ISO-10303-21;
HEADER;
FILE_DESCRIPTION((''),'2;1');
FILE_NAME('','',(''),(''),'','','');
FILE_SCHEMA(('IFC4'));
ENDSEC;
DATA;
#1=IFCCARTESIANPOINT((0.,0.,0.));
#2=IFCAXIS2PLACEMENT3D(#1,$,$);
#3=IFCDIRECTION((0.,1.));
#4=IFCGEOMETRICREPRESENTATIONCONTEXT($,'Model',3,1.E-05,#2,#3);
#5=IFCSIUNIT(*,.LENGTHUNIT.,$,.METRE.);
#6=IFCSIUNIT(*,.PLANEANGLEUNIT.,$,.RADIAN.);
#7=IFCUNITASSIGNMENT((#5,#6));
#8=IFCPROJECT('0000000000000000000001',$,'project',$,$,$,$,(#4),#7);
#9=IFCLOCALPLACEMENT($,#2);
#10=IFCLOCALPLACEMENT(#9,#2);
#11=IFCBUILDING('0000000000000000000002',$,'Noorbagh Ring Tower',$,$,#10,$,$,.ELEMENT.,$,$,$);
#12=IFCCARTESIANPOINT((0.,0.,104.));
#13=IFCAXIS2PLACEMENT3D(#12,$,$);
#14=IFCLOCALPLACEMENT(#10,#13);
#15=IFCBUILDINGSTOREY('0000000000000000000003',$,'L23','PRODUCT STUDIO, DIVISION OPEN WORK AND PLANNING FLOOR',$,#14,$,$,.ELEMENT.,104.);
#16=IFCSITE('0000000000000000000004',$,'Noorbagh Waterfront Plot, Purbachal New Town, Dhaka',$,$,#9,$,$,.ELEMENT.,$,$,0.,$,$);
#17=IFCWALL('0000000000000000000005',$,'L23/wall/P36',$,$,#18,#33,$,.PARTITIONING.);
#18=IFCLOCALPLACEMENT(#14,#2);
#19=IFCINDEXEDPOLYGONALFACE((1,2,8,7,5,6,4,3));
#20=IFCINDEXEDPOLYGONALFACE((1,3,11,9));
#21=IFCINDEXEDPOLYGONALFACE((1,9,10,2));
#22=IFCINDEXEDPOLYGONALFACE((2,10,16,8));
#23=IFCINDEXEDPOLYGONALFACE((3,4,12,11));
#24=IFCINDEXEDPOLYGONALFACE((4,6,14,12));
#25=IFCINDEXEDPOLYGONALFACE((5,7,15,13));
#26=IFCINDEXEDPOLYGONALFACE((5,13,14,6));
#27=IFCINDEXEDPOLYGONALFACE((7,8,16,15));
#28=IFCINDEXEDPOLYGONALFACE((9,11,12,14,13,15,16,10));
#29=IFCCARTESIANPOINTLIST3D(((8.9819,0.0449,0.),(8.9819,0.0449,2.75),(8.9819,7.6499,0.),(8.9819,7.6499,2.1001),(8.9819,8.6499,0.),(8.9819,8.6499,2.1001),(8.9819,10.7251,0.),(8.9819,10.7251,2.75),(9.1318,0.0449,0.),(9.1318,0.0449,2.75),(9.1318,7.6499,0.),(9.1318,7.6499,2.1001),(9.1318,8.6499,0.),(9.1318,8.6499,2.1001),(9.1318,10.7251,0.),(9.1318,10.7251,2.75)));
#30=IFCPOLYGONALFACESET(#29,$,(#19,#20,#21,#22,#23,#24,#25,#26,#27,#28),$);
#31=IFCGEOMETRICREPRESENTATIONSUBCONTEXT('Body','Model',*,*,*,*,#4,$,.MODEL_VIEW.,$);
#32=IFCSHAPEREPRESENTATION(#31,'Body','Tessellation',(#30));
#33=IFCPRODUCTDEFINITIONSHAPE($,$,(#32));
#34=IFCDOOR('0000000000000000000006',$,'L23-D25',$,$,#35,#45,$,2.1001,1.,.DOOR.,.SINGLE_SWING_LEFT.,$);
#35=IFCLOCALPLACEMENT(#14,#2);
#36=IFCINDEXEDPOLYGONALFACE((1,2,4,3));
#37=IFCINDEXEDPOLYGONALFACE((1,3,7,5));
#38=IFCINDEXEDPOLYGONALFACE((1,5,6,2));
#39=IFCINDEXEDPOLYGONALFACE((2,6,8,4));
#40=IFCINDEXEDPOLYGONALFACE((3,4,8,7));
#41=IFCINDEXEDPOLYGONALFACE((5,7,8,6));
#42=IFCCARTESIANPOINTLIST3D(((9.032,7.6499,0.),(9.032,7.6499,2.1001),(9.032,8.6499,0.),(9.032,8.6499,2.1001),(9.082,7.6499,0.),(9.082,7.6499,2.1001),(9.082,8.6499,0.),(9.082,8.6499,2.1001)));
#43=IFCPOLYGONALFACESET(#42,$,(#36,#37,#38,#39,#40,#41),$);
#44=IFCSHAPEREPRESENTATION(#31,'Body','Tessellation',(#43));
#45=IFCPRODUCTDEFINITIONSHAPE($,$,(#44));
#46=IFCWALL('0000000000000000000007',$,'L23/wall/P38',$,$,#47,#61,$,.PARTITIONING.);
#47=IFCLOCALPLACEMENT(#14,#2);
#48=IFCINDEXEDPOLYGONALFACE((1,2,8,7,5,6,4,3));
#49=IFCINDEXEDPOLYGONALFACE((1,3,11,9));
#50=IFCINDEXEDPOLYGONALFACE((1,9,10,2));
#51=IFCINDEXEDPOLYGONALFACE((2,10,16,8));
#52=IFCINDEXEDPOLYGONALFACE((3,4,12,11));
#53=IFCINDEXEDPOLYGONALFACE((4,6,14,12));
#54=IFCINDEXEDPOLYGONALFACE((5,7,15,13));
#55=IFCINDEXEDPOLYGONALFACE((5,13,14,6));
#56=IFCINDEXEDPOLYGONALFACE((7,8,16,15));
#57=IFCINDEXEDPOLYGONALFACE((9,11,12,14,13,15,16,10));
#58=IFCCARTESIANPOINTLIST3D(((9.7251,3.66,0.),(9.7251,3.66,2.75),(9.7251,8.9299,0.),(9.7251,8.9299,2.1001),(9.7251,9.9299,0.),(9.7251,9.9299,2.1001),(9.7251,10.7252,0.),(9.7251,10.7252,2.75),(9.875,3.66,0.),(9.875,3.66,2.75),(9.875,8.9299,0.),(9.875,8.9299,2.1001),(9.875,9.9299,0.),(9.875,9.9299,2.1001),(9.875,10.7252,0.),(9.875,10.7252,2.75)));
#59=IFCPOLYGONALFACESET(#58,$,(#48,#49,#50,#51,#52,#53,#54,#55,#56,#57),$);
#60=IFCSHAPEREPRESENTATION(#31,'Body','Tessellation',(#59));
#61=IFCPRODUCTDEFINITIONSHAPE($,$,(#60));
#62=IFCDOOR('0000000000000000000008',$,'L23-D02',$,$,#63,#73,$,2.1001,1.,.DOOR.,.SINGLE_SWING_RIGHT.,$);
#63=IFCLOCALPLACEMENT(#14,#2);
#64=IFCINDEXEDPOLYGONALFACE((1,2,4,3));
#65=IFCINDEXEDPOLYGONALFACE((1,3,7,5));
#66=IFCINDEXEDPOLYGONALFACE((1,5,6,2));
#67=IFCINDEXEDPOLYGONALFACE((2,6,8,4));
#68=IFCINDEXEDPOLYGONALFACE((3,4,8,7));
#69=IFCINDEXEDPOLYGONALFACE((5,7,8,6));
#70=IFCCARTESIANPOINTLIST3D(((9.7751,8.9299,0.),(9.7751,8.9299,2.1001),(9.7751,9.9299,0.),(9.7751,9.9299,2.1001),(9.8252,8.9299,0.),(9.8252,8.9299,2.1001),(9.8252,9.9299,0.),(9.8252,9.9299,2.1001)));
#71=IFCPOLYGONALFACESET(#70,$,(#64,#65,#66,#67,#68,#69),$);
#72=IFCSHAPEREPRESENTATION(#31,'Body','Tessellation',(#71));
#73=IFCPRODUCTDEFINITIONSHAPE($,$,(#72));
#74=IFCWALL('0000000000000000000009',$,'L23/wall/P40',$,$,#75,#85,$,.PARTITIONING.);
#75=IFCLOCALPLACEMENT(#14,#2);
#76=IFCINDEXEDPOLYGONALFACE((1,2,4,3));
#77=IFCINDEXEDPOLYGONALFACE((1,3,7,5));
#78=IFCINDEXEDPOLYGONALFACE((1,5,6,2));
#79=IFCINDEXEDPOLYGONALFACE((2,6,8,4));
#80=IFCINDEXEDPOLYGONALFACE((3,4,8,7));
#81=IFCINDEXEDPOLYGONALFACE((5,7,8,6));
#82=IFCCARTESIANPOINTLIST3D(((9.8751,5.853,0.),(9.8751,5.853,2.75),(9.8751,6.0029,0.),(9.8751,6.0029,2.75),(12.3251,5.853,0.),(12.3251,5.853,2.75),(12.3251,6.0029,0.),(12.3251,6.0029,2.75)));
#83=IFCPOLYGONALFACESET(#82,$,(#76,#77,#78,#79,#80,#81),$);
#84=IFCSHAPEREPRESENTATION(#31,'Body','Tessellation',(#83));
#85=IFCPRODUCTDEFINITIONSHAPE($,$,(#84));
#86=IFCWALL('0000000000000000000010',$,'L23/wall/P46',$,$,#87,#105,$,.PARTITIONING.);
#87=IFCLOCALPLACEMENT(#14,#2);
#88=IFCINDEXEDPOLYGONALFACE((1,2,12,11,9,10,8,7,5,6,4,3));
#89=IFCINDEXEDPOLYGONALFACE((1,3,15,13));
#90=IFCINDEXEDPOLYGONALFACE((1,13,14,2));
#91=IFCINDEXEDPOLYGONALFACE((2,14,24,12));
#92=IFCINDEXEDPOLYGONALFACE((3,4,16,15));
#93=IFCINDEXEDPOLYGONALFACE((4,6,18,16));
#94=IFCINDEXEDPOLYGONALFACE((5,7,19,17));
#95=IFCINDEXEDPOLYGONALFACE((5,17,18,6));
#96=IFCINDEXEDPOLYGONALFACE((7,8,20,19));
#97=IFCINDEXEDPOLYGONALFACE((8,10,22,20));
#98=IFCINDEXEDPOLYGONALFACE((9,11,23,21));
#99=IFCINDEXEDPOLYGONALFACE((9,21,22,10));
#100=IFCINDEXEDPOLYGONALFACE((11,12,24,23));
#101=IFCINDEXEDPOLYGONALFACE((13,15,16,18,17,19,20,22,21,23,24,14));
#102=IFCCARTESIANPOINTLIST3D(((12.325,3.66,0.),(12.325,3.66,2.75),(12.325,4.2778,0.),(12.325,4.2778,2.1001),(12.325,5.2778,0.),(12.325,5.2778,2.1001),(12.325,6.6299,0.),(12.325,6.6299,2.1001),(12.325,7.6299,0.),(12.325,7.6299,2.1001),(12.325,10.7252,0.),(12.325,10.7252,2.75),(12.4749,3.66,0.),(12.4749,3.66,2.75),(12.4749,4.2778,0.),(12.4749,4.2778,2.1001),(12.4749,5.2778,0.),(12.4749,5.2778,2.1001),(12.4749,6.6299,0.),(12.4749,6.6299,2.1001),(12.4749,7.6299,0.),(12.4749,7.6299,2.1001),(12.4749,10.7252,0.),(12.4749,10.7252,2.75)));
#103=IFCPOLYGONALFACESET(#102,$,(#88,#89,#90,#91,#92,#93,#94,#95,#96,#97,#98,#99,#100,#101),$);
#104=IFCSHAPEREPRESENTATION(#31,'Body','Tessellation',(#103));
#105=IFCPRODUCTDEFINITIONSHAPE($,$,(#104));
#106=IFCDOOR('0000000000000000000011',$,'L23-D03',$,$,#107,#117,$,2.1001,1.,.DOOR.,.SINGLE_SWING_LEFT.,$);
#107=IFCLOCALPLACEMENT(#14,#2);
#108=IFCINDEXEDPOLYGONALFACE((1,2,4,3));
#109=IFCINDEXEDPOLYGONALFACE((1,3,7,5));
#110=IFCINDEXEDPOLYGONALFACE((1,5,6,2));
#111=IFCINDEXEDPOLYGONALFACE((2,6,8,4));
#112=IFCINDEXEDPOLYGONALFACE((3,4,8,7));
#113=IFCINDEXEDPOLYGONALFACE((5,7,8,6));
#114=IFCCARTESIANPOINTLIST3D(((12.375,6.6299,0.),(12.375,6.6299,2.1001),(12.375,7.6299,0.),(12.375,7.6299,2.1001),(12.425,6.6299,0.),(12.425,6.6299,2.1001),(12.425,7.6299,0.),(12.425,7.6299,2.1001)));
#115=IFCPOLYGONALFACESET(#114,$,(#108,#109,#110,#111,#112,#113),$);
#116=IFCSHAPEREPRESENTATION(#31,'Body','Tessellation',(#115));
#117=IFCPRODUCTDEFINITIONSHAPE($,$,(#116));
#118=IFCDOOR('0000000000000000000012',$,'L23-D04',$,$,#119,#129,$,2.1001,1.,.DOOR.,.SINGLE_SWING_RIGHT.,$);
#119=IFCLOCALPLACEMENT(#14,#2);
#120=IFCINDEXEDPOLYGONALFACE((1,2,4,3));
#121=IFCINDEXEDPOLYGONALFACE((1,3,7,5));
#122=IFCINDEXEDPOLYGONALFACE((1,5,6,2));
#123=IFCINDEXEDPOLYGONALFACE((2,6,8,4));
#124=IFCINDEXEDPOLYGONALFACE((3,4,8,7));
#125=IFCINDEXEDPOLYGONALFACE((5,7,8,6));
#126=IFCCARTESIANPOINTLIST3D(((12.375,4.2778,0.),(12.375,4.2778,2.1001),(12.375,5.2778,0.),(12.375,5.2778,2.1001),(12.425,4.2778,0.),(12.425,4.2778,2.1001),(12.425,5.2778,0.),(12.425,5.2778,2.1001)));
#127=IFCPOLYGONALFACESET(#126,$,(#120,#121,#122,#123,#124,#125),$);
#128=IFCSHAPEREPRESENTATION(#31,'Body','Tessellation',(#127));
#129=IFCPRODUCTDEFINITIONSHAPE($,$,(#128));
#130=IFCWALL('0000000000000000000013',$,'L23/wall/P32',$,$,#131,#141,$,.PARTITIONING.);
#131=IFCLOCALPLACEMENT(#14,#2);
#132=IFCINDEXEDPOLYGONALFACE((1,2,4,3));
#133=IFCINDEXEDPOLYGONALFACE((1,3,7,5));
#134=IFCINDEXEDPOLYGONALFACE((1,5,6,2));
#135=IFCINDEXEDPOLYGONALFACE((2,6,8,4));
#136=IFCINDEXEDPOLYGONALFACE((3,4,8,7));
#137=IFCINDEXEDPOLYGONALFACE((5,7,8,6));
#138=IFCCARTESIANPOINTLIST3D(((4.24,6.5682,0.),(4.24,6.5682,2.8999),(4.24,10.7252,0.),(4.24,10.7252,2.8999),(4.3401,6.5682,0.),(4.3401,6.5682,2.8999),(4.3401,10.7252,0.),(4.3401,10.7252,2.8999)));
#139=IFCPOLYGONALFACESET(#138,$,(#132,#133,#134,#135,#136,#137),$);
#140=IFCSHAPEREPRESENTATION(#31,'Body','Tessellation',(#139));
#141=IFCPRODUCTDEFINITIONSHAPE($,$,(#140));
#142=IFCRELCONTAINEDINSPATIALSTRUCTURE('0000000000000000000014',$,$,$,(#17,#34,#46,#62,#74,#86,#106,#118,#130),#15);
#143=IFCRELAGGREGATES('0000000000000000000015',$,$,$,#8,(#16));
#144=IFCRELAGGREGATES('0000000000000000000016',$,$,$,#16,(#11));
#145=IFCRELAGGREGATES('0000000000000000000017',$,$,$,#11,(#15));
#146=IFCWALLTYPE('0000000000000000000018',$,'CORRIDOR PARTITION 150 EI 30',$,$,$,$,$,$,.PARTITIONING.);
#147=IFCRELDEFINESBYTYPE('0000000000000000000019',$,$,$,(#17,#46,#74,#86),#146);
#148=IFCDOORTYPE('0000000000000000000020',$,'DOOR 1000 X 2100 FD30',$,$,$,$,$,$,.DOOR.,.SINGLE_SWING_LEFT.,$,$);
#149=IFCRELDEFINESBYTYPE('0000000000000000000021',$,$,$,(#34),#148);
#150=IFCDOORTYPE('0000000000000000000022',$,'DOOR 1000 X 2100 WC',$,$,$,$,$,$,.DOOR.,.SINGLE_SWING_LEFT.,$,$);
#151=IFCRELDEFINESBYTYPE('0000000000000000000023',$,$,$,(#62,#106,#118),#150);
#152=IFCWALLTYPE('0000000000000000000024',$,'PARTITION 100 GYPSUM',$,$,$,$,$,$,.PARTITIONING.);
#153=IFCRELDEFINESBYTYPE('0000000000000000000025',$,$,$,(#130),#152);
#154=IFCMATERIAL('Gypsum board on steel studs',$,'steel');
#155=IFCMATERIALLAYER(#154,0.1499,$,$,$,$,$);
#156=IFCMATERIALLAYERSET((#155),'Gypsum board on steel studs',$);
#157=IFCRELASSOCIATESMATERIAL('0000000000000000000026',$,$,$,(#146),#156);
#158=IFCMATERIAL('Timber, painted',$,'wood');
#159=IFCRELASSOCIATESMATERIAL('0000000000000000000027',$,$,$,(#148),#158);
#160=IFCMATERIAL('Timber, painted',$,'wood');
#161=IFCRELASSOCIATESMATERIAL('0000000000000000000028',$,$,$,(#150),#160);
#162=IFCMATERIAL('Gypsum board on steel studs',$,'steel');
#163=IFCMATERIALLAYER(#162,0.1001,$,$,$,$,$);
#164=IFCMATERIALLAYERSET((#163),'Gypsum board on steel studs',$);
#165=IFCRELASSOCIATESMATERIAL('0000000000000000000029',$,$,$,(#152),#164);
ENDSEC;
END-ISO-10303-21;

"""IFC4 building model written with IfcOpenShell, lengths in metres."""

from ifc_helpers import new_model, si_unit, direction, frame, frame_2d, origin, place, context, subcontext, project, spatial, rectangle, extrude, material, layer, layer_set, type_object, element, fill, save


model = new_model("IFC4")

# Units and contexts
model_context = context("Model", 3, precision=1e-05, world=origin(), true_north=direction((0.0, 1.0)))
body_context = subcontext(model_context, "Body", "Model", "MODEL_VIEW")
ifc_project = project(units=[si_unit("LENGTHUNIT", "METRE"), si_unit("PLANEANGLEUNIT", "RADIAN")], contexts=[model_context])

# Site, building, storey
site_placement = place(None, origin())
site = spatial("IfcSite", under=ifc_project, at=site_placement, Name="Noorbagh Waterfront Plot, Purbachal New Town, Dhaka", CompositionType="ELEMENT", RefElevation=0.0)
building_placement = place(site_placement, origin())
building = spatial("IfcBuilding", under=site, at=building_placement, Name="Noorbagh Ring Tower", CompositionType="ELEMENT")
storey_placement = place(building_placement, frame((0.0, 0.0, 104.0)))
storey = spatial("IfcBuildingStorey", under=building, at=storey_placement, Name="L23", Description="PRODUCT STUDIO, DIVISION OPEN WORK AND PLANNING FLOOR", CompositionType="ELEMENT", Elevation=104.0)

# Walls, openings, doors
ifc_material_1 = material(Name="Gypsum board on steel studs", Category="steel")
ifc_layer_1 = layer(ifc_material_1, 0.1499)
ifc_layer_set_1 = layer_set([ifc_layer_1], Name="Gypsum board on steel studs")
wall_type_1 = type_object("IfcWallType", Name="CORRIDOR PARTITION 150 EI 30", PredefinedType="PARTITIONING", material=ifc_layer_set_1)
wall_1_placement = place(storey_placement, frame((9.0569, 0.0449, 0.0), z_axis=(0.0, 0.0, 1.0), x_axis=(0.0, 1.0, 0.0)))
wall_1 = element("IfcWall", 1, at=wall_1_placement, inside=storey, type_object=wall_type_1, Name="L23/wall/P36", PredefinedType="PARTITIONING", context=body_context, shape_type="SweptSolid", body=[
    extrude(rectangle(XDim=10.6802, YDim=0.1499, at=frame_2d((5.3401, 0.0))), origin(), (0.0, 0.0, 1.0), 2.75),
])
opening_1_placement = place(wall_1_placement, frame((7.605, 0.0, 0.0)))
opening_1 = element("IfcOpeningElement", 2, at=opening_1_placement, cuts=wall_1, PredefinedType="OPENING", context=body_context, shape_type="SweptSolid", body=[
    extrude(rectangle(XDim=1.0, YDim=2.1001, at=frame_2d((0.5, 1.05))), frame((0.0, 0.085, 0.0), z_axis=(0.0, -1.0, 0.0), x_axis=(1.0, 0.0, 0.0)), (0.0, 0.0, 1.0), 0.1699),
])
ifc_material_2 = material(Name="Timber, painted", Category="wood")
door_type_1 = type_object("IfcDoorType", Name="DOOR 1000 X 2100 FD30", OperationType="SINGLE_SWING_LEFT", PredefinedType="DOOR", material=ifc_material_2)
door_1_placement = place(opening_1_placement, origin())
door_1 = element("IfcDoor", 3, at=door_1_placement, inside=storey, type_object=door_type_1, Name="L23-D25", OperationType="SINGLE_SWING_LEFT", OverallHeight=2.1001, OverallWidth=1.0, PredefinedType="DOOR", context=body_context, shape_type="SweptSolid", body=[
    extrude(rectangle(XDim=1.0, YDim=2.1001, at=frame_2d((0.5, 1.05))), frame((0.0, 0.0249, 0.0), z_axis=(0.0, -1.0, 0.0), x_axis=(1.0, 0.0, 0.0)), (0.0, 0.0, 1.0), 0.05),
])
fill(opening_1, door_1)
wall_2_placement = place(storey_placement, frame((9.8, 3.6599, 0.0), z_axis=(0.0, 0.0, 1.0), x_axis=(0.0, 1.0, 0.0)))
wall_2 = element("IfcWall", 4, at=wall_2_placement, inside=storey, type_object=wall_type_1, Name="L23/wall/P38", PredefinedType="PARTITIONING", context=body_context, shape_type="SweptSolid", body=[
    extrude(rectangle(XDim=7.0652, YDim=0.1499, at=frame_2d((3.5327, 0.0))), origin(), (0.0, 0.0, 1.0), 2.75),
])
opening_2_placement = place(wall_2_placement, frame((5.27, 0.0, 0.0)))
opening_2 = element("IfcOpeningElement", 5, at=opening_2_placement, cuts=wall_2, PredefinedType="OPENING", context=body_context, shape_type="SweptSolid", body=[
    extrude(rectangle(XDim=1.0, YDim=2.1001, at=frame_2d((0.5, 1.05))), frame((0.0, 0.085, 0.0), z_axis=(0.0, -1.0, 0.0), x_axis=(1.0, 0.0, 0.0)), (0.0, 0.0, 1.0), 0.1699),
])
ifc_material_3 = material(Name="Timber, painted", Category="wood")
door_type_2 = type_object("IfcDoorType", Name="DOOR 1000 X 2100 WC", OperationType="SINGLE_SWING_LEFT", PredefinedType="DOOR", material=ifc_material_3)
door_2_placement = place(opening_2_placement, origin())
door_2 = element("IfcDoor", 6, at=door_2_placement, inside=storey, type_object=door_type_2, Name="L23-D02", OperationType="SINGLE_SWING_RIGHT", OverallHeight=2.1001, OverallWidth=1.0, PredefinedType="DOOR", context=body_context, shape_type="SweptSolid", body=[
    extrude(rectangle(XDim=1.0, YDim=2.1001, at=frame_2d((0.5, 1.05))), frame((0.0, 0.0249, 0.0), z_axis=(0.0, -1.0, 0.0), x_axis=(1.0, 0.0, 0.0)), (0.0, 0.0, 1.0), 0.05),
])
fill(opening_2, door_2)

# Wall
wall_3_placement = place(storey_placement, frame((9.875, 5.928, 0.0), z_axis=(0.0, 0.0, 1.0), x_axis=(1.0, 0.0, 0.0)))
element("IfcWall", 7, at=wall_3_placement, inside=storey, type_object=wall_type_1, Name="L23/wall/P40", PredefinedType="PARTITIONING", context=body_context, shape_type="SweptSolid", body=[
    extrude(rectangle(XDim=2.45, YDim=0.1499, at=frame_2d((1.2251, 0.0))), origin(), (0.0, 0.0, 1.0), 2.75),
])

# Wall, openings, doors
wall_4_placement = place(storey_placement, frame((12.3999, 3.6599, 0.0), z_axis=(0.0, 0.0, 1.0), x_axis=(0.0, 1.0, 0.0)))
wall_4 = element("IfcWall", 8, at=wall_4_placement, inside=storey, type_object=wall_type_1, Name="L23/wall/P46", PredefinedType="PARTITIONING", context=body_context, shape_type="SweptSolid", body=[
    extrude(rectangle(XDim=7.0652, YDim=0.1499, at=frame_2d((3.5327, 0.0))), origin(), (0.0, 0.0, 1.0), 2.75),
])
opening_3_placement = place(wall_4_placement, frame((2.97, 0.0, 0.0)))
opening_3 = element("IfcOpeningElement", 9, at=opening_3_placement, cuts=wall_4, PredefinedType="OPENING", context=body_context, shape_type="SweptSolid", body=[
    extrude(rectangle(XDim=1.0, YDim=2.1001, at=frame_2d((0.5, 1.05))), frame((0.0, 0.085, 0.0), z_axis=(0.0, -1.0, 0.0), x_axis=(1.0, 0.0, 0.0)), (0.0, 0.0, 1.0), 0.1699),
])
opening_4_placement = place(wall_4_placement, frame((0.6179, 0.0, 0.0)))
opening_4 = element("IfcOpeningElement", 10, at=opening_4_placement, cuts=wall_4, PredefinedType="OPENING", context=body_context, shape_type="SweptSolid", body=[
    extrude(rectangle(XDim=1.0, YDim=2.1001, at=frame_2d((0.5, 1.05))), frame((0.0, 0.085, 0.0), z_axis=(0.0, -1.0, 0.0), x_axis=(1.0, 0.0, 0.0)), (0.0, 0.0, 1.0), 0.1699),
])
door_3_placement = place(opening_3_placement, origin())
door_3 = element("IfcDoor", 11, at=door_3_placement, inside=storey, type_object=door_type_2, Name="L23-D03", OperationType="SINGLE_SWING_LEFT", OverallHeight=2.1001, OverallWidth=1.0, PredefinedType="DOOR", context=body_context, shape_type="SweptSolid", body=[
    extrude(rectangle(XDim=1.0, YDim=2.1001, at=frame_2d((0.5, 1.05))), frame((0.0, 0.0249, 0.0), z_axis=(0.0, -1.0, 0.0), x_axis=(1.0, 0.0, 0.0)), (0.0, 0.0, 1.0), 0.05),
])
fill(opening_3, door_3)
door_4_placement = place(opening_4_placement, origin())
door_4 = element("IfcDoor", 12, at=door_4_placement, inside=storey, type_object=door_type_2, Name="L23-D04", OperationType="SINGLE_SWING_RIGHT", OverallHeight=2.1001, OverallWidth=1.0, PredefinedType="DOOR", context=body_context, shape_type="SweptSolid", body=[
    extrude(rectangle(XDim=1.0, YDim=2.1001, at=frame_2d((0.5, 1.05))), frame((0.0, 0.0249, 0.0), z_axis=(0.0, -1.0, 0.0), x_axis=(1.0, 0.0, 0.0)), (0.0, 0.0, 1.0), 0.05),
])
fill(opening_4, door_4)

# Wall
ifc_material_4 = material(Name="Gypsum board on steel studs", Category="steel")
ifc_layer_2 = layer(ifc_material_4, 0.1001)
ifc_layer_set_2 = layer_set([ifc_layer_2], Name="Gypsum board on steel studs")
wall_type_2 = type_object("IfcWallType", Name="PARTITION 100 GYPSUM", PredefinedType="PARTITIONING", material=ifc_layer_set_2)
wall_5_placement = place(storey_placement, frame((4.29, 6.5681, 0.0), z_axis=(0.0, 0.0, 1.0), x_axis=(0.0, 1.0, 0.0)))
element("IfcWall", 13, at=wall_5_placement, inside=storey, type_object=wall_type_2, Name="L23/wall/P32", PredefinedType="PARTITIONING", context=body_context, shape_type="SweptSolid", body=[
    extrude(rectangle(XDim=4.157, YDim=0.1001, at=frame_2d((2.0786, 0.0))), origin(), (0.0, 0.0, 1.0), 2.8999),
])

save(model, "model.ifc")
